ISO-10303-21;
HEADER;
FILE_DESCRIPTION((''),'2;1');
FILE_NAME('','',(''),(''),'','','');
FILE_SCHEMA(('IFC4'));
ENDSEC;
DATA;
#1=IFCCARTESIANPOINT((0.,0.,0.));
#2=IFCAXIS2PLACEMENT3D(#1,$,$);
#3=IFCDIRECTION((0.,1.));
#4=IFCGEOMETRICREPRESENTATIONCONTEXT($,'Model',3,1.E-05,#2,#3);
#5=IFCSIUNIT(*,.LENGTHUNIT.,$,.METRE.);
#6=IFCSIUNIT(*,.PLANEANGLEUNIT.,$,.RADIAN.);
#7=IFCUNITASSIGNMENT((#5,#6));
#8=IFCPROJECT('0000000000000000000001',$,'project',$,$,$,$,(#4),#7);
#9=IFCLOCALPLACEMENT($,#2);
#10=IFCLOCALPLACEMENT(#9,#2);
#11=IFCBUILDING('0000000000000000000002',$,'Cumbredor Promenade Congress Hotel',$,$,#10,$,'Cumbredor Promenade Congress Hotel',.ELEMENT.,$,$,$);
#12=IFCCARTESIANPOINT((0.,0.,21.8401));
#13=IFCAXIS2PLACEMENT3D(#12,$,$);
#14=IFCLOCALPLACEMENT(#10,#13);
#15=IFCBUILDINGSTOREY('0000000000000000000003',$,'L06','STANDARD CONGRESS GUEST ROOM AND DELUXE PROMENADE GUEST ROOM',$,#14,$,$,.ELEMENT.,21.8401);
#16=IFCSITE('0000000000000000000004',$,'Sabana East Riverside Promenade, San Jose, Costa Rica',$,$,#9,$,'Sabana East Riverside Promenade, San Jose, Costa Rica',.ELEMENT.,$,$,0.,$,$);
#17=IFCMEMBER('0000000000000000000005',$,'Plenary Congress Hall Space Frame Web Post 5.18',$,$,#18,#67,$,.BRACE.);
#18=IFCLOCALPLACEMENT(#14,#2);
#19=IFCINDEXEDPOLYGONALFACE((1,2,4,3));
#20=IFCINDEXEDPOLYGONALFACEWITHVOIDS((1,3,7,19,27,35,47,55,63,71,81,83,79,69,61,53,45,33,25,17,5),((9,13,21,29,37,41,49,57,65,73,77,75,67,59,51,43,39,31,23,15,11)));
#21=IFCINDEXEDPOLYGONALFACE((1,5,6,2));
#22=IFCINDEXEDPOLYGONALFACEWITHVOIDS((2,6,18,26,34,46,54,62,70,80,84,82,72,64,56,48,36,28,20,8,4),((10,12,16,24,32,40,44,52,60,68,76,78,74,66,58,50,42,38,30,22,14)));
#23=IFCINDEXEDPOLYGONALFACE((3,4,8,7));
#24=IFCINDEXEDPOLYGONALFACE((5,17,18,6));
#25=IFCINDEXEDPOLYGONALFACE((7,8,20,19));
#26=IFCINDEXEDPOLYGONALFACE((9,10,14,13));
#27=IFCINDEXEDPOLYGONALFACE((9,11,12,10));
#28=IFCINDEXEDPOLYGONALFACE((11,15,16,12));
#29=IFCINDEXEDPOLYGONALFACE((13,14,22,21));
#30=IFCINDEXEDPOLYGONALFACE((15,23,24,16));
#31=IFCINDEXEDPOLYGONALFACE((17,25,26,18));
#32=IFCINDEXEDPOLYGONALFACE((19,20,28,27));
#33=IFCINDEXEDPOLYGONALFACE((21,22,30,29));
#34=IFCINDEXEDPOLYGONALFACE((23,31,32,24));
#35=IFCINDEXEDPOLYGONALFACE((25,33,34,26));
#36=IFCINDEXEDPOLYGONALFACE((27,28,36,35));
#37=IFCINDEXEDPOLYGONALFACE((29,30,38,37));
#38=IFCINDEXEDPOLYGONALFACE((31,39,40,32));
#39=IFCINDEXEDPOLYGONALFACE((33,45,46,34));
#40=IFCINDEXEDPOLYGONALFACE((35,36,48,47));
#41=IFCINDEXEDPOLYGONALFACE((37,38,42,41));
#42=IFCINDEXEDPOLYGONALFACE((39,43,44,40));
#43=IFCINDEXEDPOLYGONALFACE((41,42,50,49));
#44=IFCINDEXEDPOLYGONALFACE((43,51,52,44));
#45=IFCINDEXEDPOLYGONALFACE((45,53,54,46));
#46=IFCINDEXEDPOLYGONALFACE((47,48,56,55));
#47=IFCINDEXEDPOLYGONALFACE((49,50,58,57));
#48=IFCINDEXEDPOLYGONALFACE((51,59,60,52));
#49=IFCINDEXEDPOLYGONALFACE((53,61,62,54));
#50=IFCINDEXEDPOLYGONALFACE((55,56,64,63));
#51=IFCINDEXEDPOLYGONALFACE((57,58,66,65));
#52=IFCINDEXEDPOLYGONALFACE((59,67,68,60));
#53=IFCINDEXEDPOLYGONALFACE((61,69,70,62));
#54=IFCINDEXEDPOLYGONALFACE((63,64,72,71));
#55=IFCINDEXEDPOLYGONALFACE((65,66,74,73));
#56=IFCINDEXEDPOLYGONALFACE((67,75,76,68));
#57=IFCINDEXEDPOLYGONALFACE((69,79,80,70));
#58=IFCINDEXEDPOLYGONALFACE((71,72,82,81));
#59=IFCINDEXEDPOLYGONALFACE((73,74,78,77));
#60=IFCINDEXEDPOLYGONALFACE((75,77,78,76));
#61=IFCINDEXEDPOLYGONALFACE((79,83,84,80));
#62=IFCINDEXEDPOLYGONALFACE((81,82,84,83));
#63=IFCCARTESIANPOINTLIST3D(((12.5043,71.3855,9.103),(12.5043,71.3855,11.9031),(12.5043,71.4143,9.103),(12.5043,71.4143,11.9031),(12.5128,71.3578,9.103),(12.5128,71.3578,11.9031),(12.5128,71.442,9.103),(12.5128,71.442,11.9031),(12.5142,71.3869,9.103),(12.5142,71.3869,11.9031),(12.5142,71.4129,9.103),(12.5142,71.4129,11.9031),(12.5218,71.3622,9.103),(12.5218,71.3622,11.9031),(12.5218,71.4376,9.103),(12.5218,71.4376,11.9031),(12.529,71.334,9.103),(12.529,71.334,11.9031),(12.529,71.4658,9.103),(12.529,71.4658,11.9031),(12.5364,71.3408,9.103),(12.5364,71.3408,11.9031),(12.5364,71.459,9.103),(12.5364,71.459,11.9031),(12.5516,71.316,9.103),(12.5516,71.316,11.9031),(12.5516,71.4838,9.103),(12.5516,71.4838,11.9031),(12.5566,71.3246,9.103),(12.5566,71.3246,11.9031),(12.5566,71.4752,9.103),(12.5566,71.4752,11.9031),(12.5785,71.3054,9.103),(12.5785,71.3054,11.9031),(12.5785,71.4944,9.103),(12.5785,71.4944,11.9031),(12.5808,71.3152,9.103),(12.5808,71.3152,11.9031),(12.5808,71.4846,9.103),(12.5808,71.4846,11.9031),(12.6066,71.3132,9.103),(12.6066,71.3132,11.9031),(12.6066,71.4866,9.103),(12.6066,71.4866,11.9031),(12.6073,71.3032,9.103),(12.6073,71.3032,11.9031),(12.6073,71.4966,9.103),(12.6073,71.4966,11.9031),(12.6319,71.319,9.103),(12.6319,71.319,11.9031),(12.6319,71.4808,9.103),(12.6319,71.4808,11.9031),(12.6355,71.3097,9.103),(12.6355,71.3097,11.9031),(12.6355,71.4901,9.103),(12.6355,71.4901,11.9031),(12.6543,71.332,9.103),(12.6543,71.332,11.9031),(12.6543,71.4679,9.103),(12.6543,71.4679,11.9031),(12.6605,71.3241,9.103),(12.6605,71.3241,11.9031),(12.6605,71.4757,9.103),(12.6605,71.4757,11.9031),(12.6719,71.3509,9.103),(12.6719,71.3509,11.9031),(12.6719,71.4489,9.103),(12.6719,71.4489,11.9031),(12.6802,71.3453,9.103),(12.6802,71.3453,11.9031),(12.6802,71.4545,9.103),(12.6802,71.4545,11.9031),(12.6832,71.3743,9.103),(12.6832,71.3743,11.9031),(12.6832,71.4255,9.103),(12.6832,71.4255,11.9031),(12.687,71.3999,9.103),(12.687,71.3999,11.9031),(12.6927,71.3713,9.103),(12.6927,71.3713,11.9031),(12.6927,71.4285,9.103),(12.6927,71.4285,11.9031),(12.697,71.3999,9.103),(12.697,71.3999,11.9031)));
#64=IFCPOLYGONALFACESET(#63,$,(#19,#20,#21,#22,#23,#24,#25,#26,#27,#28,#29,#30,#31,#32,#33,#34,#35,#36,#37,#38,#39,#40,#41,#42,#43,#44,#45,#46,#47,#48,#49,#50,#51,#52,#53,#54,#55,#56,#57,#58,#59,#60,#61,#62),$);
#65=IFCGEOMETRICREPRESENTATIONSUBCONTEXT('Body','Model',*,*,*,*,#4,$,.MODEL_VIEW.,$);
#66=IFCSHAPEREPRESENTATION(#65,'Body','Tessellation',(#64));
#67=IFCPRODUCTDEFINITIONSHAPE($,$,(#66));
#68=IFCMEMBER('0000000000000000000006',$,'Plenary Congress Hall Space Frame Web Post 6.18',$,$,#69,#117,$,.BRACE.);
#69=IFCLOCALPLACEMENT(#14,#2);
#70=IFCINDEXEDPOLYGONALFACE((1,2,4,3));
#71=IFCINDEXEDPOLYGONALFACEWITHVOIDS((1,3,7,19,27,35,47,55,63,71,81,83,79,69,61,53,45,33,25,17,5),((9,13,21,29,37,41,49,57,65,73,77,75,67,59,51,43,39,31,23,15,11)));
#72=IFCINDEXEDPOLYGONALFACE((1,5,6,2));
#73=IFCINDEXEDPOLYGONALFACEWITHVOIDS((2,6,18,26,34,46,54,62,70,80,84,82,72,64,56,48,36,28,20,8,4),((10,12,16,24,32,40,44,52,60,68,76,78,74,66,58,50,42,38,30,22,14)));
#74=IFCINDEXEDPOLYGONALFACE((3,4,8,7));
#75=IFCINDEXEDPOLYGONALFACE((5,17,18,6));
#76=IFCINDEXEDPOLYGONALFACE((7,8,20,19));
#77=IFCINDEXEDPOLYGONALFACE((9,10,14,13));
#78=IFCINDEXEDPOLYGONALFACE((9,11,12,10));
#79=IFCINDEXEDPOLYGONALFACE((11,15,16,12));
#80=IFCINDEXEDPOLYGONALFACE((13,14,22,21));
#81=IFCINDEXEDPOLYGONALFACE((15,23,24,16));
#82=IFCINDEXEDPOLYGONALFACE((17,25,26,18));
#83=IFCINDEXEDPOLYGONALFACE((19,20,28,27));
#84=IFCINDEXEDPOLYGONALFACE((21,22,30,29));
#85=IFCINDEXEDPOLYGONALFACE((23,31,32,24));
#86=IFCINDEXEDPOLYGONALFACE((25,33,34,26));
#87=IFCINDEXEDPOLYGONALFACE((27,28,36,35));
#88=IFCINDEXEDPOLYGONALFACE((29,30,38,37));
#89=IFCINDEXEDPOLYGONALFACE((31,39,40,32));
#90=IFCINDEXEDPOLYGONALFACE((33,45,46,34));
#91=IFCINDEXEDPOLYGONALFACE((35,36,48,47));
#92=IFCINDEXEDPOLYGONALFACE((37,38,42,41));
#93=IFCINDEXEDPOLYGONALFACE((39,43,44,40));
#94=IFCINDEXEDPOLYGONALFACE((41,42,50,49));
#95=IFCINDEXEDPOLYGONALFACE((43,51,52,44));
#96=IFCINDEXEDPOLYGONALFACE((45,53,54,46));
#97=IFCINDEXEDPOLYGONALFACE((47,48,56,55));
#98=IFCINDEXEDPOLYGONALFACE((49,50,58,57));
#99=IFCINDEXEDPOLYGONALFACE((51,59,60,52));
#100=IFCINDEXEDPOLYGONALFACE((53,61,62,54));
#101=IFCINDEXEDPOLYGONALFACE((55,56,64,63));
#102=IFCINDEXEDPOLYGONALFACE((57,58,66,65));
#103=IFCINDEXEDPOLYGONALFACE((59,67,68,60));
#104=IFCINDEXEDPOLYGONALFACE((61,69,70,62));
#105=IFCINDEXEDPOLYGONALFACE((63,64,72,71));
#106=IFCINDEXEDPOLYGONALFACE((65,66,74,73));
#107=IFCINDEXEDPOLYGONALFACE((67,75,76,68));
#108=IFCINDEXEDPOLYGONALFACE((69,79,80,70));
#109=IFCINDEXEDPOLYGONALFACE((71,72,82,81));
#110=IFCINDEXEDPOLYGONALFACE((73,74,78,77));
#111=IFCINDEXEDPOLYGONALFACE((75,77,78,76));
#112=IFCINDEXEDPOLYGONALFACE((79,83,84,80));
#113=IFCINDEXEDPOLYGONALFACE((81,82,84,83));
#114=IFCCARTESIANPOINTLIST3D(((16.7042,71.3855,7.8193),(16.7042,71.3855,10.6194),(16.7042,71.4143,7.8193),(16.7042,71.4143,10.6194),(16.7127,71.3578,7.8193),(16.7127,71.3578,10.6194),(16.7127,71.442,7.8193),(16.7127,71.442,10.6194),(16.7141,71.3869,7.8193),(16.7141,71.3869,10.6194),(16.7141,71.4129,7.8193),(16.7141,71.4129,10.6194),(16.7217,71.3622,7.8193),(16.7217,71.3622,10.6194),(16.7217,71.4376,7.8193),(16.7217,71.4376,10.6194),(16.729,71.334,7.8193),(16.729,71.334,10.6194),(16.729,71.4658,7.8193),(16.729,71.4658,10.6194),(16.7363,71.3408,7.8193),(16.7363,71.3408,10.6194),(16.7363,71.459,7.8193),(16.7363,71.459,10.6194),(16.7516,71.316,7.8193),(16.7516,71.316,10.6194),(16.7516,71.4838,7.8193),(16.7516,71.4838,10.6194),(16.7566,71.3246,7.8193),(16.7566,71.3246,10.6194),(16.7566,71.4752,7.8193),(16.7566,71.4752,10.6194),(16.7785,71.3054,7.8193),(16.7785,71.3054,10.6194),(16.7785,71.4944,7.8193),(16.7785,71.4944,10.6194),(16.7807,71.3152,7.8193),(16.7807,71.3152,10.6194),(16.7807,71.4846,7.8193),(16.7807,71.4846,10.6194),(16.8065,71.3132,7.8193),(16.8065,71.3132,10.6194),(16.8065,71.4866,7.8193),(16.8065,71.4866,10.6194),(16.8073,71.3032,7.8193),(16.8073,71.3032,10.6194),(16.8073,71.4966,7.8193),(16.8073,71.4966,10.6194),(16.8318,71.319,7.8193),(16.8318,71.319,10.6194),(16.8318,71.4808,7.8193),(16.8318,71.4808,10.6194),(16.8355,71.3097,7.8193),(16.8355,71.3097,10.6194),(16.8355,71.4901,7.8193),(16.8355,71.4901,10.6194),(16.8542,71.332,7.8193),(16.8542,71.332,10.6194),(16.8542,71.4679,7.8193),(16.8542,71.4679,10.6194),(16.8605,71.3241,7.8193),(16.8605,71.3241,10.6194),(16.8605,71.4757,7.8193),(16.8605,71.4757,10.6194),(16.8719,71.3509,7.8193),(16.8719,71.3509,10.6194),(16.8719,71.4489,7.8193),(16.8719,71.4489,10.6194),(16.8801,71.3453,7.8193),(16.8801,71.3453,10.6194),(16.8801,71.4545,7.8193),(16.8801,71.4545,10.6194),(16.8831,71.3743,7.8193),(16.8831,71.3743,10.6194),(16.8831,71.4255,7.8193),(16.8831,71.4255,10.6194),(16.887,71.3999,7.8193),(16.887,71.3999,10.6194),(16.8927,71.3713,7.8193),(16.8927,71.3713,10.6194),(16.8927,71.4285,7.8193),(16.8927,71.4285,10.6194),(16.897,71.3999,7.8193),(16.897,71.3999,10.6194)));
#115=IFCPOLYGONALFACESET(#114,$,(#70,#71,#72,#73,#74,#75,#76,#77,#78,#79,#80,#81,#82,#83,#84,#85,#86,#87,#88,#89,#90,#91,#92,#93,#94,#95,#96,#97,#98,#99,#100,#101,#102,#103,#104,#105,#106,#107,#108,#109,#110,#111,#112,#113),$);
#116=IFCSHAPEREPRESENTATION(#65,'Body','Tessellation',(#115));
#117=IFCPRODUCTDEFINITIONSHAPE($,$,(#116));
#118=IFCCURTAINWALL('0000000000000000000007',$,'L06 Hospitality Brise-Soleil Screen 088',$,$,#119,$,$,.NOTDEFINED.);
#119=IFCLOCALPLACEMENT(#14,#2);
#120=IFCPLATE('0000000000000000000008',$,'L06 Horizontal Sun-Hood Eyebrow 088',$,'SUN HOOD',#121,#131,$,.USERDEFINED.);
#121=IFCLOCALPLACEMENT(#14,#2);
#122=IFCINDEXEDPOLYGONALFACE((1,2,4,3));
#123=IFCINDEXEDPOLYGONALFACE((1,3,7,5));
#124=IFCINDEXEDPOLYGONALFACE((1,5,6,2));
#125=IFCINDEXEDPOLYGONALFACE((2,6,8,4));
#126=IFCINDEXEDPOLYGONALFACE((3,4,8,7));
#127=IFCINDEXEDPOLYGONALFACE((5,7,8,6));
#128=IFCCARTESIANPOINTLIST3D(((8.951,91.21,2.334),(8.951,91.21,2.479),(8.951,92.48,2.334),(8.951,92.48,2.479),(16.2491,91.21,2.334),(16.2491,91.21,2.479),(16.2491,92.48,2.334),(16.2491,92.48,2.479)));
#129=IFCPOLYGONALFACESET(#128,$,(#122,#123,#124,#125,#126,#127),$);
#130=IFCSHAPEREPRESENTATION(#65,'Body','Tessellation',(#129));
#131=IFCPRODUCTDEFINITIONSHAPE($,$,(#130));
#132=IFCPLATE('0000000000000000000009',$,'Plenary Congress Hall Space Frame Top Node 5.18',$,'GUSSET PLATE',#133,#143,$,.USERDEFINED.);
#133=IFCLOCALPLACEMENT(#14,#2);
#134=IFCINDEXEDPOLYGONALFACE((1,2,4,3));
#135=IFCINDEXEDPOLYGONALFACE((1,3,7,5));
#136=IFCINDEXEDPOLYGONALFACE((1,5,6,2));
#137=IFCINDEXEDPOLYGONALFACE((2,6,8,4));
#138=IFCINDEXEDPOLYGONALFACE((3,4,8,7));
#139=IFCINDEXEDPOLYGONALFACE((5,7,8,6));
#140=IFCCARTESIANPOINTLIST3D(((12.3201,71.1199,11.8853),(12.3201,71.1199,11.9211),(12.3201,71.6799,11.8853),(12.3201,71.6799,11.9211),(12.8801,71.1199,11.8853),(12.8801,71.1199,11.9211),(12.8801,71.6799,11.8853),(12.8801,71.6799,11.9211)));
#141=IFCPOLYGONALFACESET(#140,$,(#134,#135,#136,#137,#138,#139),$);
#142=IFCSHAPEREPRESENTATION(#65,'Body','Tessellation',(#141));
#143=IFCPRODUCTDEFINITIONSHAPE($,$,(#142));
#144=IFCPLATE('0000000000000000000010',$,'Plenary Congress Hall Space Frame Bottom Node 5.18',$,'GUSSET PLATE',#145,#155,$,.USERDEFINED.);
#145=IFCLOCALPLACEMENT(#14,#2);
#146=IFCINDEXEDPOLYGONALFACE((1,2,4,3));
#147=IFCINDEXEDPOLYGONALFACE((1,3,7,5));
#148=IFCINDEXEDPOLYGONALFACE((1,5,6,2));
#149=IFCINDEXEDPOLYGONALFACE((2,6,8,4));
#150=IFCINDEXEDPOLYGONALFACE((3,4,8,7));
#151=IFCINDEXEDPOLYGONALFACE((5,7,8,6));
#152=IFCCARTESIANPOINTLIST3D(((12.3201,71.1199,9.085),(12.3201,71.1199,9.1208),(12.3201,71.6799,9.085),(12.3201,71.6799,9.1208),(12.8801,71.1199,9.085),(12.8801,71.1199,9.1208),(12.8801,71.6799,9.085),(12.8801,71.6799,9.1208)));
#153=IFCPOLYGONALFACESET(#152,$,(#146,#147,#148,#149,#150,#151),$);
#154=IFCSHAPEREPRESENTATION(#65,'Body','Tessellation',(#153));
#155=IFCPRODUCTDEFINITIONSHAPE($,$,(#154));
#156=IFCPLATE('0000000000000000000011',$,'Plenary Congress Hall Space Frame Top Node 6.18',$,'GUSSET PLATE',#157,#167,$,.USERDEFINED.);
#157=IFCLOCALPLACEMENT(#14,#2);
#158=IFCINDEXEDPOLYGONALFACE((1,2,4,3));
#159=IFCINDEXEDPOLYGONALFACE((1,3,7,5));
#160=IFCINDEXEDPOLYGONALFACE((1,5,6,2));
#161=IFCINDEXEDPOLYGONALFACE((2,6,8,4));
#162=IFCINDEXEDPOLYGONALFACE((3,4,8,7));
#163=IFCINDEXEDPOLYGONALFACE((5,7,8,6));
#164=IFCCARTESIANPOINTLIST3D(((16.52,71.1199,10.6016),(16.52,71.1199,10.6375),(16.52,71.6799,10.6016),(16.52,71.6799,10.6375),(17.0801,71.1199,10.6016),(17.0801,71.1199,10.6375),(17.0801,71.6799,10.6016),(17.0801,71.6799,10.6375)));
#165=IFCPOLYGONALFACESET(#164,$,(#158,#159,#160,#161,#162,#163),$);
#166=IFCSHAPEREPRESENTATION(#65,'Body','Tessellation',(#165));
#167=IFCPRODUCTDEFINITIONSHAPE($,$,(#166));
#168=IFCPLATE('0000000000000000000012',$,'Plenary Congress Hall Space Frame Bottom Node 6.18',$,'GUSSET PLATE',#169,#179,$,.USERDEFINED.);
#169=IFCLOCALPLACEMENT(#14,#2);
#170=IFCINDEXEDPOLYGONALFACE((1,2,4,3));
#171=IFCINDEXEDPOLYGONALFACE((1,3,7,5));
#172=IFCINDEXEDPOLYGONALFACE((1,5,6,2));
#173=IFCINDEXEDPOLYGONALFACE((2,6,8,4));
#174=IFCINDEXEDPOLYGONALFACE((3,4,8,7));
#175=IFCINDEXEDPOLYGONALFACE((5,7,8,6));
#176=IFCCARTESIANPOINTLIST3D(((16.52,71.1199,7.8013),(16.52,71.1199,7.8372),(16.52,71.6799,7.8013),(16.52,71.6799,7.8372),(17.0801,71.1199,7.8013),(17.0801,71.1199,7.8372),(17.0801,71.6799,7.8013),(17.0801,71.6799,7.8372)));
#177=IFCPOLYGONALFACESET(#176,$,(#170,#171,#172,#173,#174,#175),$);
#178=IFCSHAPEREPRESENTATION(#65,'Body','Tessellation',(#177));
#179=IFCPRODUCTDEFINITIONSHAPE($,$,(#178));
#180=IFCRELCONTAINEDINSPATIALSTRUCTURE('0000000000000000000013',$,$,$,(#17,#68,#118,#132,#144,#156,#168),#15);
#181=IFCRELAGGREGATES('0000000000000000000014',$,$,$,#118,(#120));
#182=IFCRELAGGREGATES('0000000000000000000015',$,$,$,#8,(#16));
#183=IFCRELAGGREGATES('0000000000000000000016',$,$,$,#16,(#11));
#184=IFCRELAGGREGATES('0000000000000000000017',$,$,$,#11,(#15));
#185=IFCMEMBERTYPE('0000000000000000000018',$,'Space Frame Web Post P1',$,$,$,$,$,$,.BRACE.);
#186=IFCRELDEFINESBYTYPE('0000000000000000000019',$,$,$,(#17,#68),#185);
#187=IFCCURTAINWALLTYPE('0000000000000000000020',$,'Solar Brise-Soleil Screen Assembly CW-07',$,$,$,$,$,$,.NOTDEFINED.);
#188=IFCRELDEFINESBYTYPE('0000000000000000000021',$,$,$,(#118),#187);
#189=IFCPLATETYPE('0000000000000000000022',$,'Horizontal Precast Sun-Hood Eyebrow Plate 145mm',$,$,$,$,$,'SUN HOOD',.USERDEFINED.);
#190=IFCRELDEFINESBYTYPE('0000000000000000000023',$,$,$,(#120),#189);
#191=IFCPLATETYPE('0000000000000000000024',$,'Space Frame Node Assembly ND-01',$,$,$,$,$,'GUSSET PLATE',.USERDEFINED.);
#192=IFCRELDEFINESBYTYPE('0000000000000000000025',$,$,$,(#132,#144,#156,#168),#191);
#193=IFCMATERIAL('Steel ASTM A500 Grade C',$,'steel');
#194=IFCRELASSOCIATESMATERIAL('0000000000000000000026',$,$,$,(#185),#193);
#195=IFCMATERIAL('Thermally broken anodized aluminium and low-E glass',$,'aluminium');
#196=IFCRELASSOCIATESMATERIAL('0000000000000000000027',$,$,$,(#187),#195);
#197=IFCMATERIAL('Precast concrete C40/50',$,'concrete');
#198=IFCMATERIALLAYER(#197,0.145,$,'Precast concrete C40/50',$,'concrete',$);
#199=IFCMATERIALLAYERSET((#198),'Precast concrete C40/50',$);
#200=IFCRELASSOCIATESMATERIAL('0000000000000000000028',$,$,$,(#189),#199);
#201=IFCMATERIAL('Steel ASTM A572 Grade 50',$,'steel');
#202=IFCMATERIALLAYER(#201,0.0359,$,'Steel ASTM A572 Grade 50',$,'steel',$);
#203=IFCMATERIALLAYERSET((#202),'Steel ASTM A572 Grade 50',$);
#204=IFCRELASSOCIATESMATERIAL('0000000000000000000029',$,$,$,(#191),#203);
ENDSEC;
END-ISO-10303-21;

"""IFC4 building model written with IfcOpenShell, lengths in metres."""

from ifc_helpers import new_model, si_unit, direction, frame, origin, origin_2d, place, context, subcontext, project, spatial, rectangle, hollow_circle, extrude, material, layer, layer_set, material_profile, profile_set, type_object, element, aggregate, save


model = new_model("IFC4")

# Units and contexts
model_context = context("Model", 3, precision=1e-05, world=origin(), true_north=direction((0.0, 1.0)))
body_context = subcontext(model_context, "Body", "Model", "MODEL_VIEW")
ifc_project = project(units=[si_unit("LENGTHUNIT", "METRE"), si_unit("PLANEANGLEUNIT", "RADIAN")], contexts=[model_context])

# Site, building, storey
site_placement = place(None, origin())
site = spatial("IfcSite", under=ifc_project, at=site_placement, Name="Sabana East Riverside Promenade, San Jose, Costa Rica", LongName="Sabana East Riverside Promenade, San Jose, Costa Rica", CompositionType="ELEMENT", RefElevation=0.0)
building_placement = place(site_placement, origin())
building = spatial("IfcBuilding", under=site, at=building_placement, Name="Cumbredor Promenade Congress Hotel", LongName="Cumbredor Promenade Congress Hotel", CompositionType="ELEMENT")
storey_placement = place(building_placement, frame((0.0, 0.0, 21.8401)))
storey = spatial("IfcBuildingStorey", under=building, at=storey_placement, Name="L06", Description="STANDARD CONGRESS GUEST ROOM AND DELUXE PROMENADE GUEST ROOM", CompositionType="ELEMENT", Elevation=21.8401)

# Members
ifc_material_1 = material(Name="Steel ASTM A500 Grade C", Category="steel")
ifc_material_profile_1 = material_profile(ifc_material_1, hollow_circle(Radius=0.0969, WallThickness=0.01, at=origin_2d()), Name="CHS 193.7x10")
ifc_profile_set_1 = profile_set([ifc_material_profile_1], Name="Steel ASTM A500 Grade C")
member_type_1 = type_object("IfcMemberType", Name="Space Frame Web Post P1", PredefinedType="BRACE", material=ifc_profile_set_1)
for number, where, z_axis, x_axis, name in (
    (1, (12.6001, 71.3999, 9.103), (0.0, 0.0, 1.0), (1.0, 0.0, 0.0), "Plenary Congress Hall Space Frame Web Post 5.18"),
    (2, (16.8, 71.3999, 7.8193), (0.0, 0.0, 1.0), (1.0, 0.0, 0.0), "Plenary Congress Hall Space Frame Web Post 6.18"),
):
    element("IfcMember", number, at=place(storey_placement, frame(where, z_axis=z_axis, x_axis=x_axis)), inside=storey, type_object=member_type_1, Name=name, PredefinedType="BRACE", context=body_context, shape_type="SweptSolid", body=[
        extrude(hollow_circle(Radius=0.0969, WallThickness=0.01, at=origin_2d()), origin(), (0.0, 0.0, 1.0), 2.8),
    ])

# Curtain wall, plate
ifc_material_2 = material(Name="Thermally broken anodized aluminium and low-E glass", Category="aluminium")
curtain_wall_type = type_object("IfcCurtainWallType", Name="Solar Brise-Soleil Screen Assembly CW-07", PredefinedType="NOTDEFINED", material=ifc_material_2)
curtain_wall_placement = place(storey_placement, origin())
curtain_wall = element("IfcCurtainWall", 3, at=curtain_wall_placement, inside=storey, type_object=curtain_wall_type, Name="L06 Hospitality Brise-Soleil Screen 088", PredefinedType="NOTDEFINED")
ifc_material_3 = material(Name="Precast concrete C40/50", Category="concrete")
ifc_layer_1 = layer(ifc_material_3, 0.145, Name="Precast concrete C40/50", Category="concrete")
ifc_layer_set_1 = layer_set([ifc_layer_1], Name="Precast concrete C40/50")
plate_type_1 = type_object("IfcPlateType", Name="Horizontal Precast Sun-Hood Eyebrow Plate 145mm", ElementType="SUN HOOD", PredefinedType="USERDEFINED", material=ifc_layer_set_1)
plate_placement = place(storey_placement, frame((12.6001, 91.845, 2.334), z_axis=(0.0, 0.0, 1.0), x_axis=(1.0, 0.0, 0.0)))
plate = element("IfcPlate", 4, at=plate_placement, type_object=plate_type_1, Name="L06 Horizontal Sun-Hood Eyebrow 088", ObjectType="SUN HOOD", PredefinedType="USERDEFINED", context=body_context, shape_type="SweptSolid", body=[
    extrude(rectangle(XDim=7.2981, YDim=1.27, at=origin_2d()), origin(), (0.0, 0.0, 1.0), 0.145),
])
aggregate(curtain_wall, [plate])

# Plates
ifc_material_4 = material(Name="Steel ASTM A572 Grade 50", Category="steel")
ifc_layer_2 = layer(ifc_material_4, 0.0359, Name="Steel ASTM A572 Grade 50", Category="steel")
ifc_layer_set_2 = layer_set([ifc_layer_2], Name="Steel ASTM A572 Grade 50")
plate_type_2 = type_object("IfcPlateType", Name="Space Frame Node Assembly ND-01", ElementType="GUSSET PLATE", PredefinedType="USERDEFINED", material=ifc_layer_set_2)
for number, where, z_axis, x_axis, name in (
    (5, (12.6001, 71.3999, 11.8853), (0.0, 0.0, 1.0), (1.0, 0.0, 0.0), "Plenary Congress Hall Space Frame Top Node 5.18"),
    (6, (12.6001, 71.3999, 9.085), (0.0, 0.0, 1.0), (1.0, 0.0, 0.0), "Plenary Congress Hall Space Frame Bottom Node 5.18"),
    (7, (16.8, 71.3999, 10.6016), (0.0, 0.0, 1.0), (1.0, 0.0, 0.0), "Plenary Congress Hall Space Frame Top Node 6.18"),
    (8, (16.8, 71.3999, 7.8013), (0.0, 0.0, 1.0), (1.0, 0.0, 0.0), "Plenary Congress Hall Space Frame Bottom Node 6.18"),
):
    element("IfcPlate", number, at=place(storey_placement, frame(where, z_axis=z_axis, x_axis=x_axis)), inside=storey, type_object=plate_type_2, Name=name, ObjectType="GUSSET PLATE", PredefinedType="USERDEFINED", context=body_context, shape_type="SweptSolid", body=[
        extrude(rectangle(XDim=0.5601, YDim=0.5601, at=origin_2d()), origin(), (0.0, 0.0, 1.0), 0.0359),
    ])

save(model, "model.ifc")
